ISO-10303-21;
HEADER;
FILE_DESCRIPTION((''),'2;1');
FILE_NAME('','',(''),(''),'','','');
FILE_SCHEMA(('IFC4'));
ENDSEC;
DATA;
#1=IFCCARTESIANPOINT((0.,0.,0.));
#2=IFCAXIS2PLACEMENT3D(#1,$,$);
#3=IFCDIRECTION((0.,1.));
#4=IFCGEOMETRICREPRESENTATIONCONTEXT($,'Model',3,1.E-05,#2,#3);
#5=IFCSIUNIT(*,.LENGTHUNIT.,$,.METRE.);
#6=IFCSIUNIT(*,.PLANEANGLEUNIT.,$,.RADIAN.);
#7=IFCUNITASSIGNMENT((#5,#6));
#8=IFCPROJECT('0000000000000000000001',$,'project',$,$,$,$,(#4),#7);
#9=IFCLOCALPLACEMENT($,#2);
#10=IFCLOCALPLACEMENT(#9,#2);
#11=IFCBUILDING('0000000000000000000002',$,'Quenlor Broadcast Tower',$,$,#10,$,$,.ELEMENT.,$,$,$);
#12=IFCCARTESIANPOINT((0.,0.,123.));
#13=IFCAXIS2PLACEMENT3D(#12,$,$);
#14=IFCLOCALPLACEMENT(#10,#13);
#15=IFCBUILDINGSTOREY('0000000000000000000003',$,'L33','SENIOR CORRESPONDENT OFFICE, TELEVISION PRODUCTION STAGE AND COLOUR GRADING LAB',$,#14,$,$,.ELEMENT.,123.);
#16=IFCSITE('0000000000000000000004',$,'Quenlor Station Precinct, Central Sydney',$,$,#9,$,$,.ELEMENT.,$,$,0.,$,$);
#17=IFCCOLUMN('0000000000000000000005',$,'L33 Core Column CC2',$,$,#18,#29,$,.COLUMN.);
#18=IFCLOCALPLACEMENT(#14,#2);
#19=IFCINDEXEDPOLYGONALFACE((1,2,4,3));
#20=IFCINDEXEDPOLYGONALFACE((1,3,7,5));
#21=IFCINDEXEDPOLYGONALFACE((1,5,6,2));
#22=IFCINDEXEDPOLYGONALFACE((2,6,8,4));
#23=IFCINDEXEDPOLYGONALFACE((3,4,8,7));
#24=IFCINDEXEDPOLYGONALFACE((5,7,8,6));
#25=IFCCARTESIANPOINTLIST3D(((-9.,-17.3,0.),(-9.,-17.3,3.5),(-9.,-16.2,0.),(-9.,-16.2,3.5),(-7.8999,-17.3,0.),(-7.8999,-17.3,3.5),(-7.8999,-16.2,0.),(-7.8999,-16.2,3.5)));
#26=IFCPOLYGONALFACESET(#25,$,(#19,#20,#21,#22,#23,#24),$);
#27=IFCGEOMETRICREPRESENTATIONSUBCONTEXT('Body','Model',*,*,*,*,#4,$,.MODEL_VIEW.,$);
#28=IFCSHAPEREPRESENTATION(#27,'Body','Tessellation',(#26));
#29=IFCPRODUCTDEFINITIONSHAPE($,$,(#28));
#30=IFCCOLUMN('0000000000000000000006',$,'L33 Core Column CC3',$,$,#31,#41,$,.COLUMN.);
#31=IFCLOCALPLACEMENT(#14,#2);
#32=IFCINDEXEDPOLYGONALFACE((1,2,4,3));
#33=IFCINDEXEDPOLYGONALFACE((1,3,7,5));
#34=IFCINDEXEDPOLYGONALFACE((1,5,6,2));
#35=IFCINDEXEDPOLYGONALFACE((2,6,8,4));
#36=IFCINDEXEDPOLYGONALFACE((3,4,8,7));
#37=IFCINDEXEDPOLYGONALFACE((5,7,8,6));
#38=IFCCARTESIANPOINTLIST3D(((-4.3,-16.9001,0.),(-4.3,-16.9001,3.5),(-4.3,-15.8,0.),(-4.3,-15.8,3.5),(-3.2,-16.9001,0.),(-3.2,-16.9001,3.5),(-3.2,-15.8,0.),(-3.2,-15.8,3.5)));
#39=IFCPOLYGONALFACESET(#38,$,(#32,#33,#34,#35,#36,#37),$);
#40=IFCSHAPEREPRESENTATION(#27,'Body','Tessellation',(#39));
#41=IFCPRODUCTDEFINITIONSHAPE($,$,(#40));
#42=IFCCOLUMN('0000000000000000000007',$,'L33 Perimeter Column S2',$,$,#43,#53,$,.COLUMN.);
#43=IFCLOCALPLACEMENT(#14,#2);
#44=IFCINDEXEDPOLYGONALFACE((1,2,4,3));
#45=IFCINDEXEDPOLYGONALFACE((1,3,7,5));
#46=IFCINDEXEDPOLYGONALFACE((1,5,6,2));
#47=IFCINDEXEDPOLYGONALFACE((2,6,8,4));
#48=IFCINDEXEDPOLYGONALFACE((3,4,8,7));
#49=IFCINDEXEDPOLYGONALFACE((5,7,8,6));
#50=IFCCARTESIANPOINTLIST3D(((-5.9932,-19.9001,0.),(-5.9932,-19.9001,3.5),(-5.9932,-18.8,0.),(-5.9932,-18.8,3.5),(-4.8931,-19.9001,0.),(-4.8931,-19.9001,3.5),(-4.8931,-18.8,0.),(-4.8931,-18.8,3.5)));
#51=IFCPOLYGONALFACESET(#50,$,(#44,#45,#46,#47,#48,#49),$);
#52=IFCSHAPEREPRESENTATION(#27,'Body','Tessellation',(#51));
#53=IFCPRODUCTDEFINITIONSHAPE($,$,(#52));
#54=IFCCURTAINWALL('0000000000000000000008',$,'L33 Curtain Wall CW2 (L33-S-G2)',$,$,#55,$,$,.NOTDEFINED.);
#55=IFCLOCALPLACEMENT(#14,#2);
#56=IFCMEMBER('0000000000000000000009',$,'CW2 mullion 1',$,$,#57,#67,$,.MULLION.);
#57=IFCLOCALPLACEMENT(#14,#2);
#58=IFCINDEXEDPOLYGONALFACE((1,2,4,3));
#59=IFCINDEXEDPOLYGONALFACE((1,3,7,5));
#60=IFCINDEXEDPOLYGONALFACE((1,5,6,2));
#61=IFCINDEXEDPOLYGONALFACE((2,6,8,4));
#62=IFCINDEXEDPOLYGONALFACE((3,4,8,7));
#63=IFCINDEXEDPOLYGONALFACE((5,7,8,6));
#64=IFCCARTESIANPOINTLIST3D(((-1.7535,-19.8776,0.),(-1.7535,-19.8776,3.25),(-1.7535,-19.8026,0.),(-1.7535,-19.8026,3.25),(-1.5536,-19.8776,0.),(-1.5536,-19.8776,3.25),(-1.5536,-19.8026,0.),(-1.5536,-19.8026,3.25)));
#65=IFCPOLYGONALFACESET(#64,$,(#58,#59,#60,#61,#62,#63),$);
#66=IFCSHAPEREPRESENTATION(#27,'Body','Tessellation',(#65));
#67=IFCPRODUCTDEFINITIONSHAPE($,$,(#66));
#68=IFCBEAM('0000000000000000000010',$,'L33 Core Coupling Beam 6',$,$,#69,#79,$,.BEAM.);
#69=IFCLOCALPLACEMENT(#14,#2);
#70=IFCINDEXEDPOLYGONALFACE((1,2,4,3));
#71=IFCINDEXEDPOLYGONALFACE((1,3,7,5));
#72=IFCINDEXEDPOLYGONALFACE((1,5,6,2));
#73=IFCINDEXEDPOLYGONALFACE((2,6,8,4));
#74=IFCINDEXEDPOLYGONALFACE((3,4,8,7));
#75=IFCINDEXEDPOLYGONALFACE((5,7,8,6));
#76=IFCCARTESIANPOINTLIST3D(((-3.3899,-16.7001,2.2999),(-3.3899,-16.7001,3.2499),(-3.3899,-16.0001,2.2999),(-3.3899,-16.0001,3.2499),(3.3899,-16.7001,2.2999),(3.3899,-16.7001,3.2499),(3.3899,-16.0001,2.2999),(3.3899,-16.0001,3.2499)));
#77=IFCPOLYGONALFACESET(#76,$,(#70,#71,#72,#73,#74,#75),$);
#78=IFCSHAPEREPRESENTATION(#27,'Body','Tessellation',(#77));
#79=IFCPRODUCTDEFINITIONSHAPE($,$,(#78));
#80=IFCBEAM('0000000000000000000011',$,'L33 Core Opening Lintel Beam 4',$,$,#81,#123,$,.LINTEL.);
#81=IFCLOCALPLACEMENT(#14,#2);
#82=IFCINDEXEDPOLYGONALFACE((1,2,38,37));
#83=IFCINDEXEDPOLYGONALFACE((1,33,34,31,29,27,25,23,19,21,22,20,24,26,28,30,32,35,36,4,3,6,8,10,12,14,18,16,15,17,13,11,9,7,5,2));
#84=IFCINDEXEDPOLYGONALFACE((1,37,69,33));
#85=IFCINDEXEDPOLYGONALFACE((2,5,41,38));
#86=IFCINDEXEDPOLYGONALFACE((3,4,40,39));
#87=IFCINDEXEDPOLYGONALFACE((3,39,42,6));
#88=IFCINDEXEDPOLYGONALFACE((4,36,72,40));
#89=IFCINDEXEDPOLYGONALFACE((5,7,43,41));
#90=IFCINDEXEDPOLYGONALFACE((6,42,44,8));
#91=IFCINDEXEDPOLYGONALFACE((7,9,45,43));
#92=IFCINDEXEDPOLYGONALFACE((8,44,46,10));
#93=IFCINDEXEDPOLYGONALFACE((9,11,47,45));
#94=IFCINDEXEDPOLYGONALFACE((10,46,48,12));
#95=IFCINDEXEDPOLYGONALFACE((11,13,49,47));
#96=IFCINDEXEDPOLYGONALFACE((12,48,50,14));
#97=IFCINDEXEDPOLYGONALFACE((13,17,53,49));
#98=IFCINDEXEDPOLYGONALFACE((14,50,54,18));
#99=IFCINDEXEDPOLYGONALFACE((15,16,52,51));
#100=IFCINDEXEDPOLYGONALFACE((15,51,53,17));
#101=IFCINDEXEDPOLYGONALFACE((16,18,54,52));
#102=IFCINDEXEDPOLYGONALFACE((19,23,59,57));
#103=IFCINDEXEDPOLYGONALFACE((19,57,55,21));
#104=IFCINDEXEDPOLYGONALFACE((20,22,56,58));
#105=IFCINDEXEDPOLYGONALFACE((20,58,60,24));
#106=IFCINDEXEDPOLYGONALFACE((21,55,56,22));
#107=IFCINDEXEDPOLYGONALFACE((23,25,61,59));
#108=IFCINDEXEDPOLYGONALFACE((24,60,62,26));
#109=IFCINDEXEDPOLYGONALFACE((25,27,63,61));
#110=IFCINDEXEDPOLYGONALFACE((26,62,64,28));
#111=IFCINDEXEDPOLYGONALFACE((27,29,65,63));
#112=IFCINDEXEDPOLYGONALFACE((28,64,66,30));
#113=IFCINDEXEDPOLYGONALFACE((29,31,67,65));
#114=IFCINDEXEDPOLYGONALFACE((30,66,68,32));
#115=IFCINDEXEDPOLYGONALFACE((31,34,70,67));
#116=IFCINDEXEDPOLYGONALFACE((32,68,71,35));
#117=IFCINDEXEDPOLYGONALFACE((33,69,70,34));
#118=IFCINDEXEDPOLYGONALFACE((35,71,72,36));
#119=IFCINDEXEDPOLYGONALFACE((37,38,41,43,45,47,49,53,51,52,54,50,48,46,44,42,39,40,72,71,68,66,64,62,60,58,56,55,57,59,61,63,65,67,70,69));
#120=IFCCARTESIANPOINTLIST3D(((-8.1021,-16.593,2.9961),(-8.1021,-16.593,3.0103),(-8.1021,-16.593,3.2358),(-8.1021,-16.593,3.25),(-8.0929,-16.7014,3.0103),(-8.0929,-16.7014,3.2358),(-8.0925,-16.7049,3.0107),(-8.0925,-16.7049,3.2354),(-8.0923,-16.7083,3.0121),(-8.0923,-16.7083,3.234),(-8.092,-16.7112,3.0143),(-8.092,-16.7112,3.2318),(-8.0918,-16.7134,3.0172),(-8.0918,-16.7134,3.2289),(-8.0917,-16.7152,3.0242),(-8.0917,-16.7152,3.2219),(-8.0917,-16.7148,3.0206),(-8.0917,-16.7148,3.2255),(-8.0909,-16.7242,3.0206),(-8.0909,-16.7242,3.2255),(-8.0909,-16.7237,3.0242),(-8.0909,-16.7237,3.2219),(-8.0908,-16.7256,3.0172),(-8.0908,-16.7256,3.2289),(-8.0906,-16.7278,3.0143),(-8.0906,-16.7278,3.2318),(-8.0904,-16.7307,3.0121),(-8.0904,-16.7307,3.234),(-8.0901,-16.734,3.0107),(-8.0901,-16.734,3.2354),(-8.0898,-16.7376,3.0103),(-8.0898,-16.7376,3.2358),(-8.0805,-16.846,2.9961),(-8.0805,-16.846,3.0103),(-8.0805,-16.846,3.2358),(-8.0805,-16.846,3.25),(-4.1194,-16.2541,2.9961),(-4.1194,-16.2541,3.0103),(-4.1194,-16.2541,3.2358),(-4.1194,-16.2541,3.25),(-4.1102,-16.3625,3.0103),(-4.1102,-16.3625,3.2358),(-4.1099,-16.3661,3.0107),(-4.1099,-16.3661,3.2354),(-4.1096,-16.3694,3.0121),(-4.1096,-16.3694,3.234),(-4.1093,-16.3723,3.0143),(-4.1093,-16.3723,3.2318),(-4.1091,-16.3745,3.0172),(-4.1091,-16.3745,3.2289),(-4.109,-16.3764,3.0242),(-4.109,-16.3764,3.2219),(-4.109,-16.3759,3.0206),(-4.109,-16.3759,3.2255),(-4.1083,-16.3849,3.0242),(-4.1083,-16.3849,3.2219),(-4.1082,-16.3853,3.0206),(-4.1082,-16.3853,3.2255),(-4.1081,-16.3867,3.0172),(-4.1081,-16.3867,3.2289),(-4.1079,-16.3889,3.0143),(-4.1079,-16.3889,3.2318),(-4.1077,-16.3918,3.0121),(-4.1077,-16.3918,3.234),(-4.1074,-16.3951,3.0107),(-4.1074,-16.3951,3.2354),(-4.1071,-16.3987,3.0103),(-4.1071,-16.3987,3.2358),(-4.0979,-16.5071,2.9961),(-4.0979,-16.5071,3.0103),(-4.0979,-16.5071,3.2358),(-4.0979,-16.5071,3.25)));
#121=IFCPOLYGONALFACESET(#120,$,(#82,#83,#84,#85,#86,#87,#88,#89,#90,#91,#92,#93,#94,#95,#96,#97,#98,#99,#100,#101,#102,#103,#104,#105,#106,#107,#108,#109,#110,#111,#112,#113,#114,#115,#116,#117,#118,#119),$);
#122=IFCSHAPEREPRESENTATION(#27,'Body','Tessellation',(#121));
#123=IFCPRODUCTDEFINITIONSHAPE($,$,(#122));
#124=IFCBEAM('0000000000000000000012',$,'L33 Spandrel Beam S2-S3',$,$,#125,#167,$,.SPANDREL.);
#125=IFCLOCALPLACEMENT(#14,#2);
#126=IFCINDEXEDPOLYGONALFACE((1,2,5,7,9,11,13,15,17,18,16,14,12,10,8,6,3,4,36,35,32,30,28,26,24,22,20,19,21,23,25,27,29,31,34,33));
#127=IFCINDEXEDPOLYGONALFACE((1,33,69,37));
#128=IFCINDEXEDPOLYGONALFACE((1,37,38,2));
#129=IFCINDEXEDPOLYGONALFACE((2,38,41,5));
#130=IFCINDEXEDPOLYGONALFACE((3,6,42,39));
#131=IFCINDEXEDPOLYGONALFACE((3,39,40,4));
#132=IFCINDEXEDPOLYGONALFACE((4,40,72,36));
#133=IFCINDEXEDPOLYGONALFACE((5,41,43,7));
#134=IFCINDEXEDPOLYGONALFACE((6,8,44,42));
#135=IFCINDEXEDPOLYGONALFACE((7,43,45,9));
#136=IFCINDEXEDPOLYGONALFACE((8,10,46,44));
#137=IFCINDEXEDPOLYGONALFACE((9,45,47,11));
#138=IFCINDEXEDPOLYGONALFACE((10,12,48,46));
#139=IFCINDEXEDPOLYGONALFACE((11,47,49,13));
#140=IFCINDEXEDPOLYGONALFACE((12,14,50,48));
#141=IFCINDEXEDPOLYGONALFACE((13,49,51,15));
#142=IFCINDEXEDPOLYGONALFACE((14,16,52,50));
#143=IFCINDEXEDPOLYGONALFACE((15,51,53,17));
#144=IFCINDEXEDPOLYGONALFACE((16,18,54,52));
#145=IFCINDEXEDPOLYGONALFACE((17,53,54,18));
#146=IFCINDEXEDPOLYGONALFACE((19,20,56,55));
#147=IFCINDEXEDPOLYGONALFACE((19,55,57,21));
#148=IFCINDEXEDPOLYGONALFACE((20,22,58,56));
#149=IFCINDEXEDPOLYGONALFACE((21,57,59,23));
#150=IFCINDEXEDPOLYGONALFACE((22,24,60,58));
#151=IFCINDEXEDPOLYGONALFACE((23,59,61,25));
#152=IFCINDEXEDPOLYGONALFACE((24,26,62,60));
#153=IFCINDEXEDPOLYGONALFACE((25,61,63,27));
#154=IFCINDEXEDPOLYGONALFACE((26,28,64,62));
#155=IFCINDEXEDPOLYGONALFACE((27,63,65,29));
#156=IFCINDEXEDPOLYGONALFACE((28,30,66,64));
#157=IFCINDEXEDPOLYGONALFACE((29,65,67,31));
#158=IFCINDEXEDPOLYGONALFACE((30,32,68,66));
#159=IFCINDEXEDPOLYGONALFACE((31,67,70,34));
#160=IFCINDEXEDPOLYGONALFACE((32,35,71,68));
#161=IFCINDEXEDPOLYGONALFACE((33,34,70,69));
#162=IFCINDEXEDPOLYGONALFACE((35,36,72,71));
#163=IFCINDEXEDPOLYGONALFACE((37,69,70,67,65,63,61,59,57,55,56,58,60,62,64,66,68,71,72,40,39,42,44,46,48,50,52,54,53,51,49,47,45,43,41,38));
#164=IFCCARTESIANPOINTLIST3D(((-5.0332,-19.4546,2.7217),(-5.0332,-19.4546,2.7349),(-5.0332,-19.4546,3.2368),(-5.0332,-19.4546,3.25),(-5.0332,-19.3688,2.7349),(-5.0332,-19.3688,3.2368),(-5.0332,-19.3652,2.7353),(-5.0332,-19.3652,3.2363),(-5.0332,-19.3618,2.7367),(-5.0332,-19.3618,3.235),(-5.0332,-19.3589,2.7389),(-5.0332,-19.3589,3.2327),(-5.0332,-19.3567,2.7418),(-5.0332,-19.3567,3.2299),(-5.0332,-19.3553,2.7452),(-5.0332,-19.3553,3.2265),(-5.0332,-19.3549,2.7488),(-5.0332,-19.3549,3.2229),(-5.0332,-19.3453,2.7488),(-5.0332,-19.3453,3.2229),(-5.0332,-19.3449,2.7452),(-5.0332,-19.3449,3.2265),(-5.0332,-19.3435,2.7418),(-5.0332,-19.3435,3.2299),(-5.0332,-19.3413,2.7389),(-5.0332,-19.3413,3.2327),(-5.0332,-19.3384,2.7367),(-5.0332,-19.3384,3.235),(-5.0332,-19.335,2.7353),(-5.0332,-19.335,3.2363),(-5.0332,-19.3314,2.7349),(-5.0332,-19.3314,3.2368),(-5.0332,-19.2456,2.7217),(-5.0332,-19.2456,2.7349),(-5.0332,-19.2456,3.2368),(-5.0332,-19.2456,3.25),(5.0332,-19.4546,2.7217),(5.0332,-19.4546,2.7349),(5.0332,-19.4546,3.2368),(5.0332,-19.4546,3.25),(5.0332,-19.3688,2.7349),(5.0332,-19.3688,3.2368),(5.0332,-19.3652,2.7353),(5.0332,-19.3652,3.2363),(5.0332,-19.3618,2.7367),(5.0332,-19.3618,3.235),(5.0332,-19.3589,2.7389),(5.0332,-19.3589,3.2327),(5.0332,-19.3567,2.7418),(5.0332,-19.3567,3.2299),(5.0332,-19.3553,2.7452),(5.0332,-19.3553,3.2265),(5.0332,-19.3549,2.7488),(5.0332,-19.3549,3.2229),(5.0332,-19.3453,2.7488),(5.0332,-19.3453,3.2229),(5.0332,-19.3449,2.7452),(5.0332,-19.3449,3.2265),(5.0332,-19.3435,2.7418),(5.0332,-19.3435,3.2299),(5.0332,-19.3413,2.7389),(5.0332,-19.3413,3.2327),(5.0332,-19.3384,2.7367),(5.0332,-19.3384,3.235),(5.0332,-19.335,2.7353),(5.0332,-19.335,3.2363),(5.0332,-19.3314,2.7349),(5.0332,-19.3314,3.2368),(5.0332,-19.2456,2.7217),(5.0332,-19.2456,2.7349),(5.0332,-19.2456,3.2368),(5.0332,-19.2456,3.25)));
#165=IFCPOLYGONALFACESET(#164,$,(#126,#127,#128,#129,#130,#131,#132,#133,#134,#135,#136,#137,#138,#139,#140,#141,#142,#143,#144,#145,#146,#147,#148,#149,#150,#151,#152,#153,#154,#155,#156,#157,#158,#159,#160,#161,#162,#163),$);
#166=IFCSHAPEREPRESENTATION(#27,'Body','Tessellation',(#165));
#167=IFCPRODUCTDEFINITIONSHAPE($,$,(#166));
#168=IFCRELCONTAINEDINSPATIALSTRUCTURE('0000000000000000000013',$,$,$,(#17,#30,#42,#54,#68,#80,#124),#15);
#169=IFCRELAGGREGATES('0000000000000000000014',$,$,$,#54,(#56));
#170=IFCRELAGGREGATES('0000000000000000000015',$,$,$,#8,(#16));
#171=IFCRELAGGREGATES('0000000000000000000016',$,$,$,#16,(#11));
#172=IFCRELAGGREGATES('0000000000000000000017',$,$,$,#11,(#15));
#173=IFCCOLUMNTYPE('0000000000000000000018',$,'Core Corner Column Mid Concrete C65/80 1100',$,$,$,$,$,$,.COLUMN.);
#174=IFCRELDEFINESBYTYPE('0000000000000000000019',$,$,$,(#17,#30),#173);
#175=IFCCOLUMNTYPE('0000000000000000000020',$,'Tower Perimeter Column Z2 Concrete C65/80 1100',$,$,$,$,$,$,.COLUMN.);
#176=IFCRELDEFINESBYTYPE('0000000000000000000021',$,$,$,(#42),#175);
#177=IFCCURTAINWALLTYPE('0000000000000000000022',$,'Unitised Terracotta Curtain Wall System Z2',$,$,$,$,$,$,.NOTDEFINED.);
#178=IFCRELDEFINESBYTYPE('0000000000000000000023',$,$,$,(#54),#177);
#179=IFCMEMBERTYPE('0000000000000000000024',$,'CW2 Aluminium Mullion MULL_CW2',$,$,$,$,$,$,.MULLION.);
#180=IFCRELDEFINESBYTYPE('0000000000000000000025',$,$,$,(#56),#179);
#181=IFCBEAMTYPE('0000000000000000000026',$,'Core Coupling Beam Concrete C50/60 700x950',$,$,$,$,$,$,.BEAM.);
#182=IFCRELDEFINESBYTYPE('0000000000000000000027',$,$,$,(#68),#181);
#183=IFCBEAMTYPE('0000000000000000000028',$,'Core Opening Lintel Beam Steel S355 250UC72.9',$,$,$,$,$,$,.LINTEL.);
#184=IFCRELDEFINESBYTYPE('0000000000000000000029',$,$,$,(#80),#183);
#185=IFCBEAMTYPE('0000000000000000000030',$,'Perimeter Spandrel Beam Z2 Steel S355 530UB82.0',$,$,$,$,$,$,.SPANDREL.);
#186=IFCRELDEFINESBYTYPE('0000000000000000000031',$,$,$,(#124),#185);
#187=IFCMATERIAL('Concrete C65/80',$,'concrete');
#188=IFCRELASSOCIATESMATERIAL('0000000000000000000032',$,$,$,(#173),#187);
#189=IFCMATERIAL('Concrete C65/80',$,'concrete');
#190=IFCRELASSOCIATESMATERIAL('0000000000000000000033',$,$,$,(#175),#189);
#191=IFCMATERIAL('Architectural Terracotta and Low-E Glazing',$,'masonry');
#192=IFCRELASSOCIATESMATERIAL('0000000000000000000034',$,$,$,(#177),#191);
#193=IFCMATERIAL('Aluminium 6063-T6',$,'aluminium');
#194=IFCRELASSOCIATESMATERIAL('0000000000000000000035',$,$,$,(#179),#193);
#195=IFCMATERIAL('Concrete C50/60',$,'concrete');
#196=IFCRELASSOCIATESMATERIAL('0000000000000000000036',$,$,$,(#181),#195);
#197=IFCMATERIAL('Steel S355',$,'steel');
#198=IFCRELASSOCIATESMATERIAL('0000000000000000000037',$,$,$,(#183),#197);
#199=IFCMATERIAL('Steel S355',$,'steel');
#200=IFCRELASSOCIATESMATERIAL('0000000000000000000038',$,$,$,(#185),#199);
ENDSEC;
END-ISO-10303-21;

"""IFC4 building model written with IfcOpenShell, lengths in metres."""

from ifc_helpers import new_model, si_unit, direction, frame, origin, origin_2d, place, context, subcontext, project, spatial, rectangle, i_section, extrude, material, material_profile, profile_set, type_object, element, aggregate, save


model = new_model("IFC4")

# Units and contexts
model_context = context("Model", 3, precision=1e-05, world=origin(), true_north=direction((0.0, 1.0)))
body_context = subcontext(model_context, "Body", "Model", "MODEL_VIEW")
ifc_project = project(units=[si_unit("LENGTHUNIT", "METRE"), si_unit("PLANEANGLEUNIT", "RADIAN")], contexts=[model_context])

# Site, building, storey
site_placement = place(None, origin())
site = spatial("IfcSite", under=ifc_project, at=site_placement, Name="Quenlor Station Precinct, Central Sydney", CompositionType="ELEMENT", RefElevation=0.0)
building_placement = place(site_placement, origin())
building = spatial("IfcBuilding", under=site, at=building_placement, Name="Quenlor Broadcast Tower", CompositionType="ELEMENT")
storey_placement = place(building_placement, frame((0.0, 0.0, 123.0)))
storey = spatial("IfcBuildingStorey", under=building, at=storey_placement, Name="L33", Description="SENIOR CORRESPONDENT OFFICE, TELEVISION PRODUCTION STAGE AND COLOUR GRADING LAB", CompositionType="ELEMENT", Elevation=123.0)

# Columns
ifc_material_1 = material(Name="Concrete C65/80", Category="concrete")
ifc_material_profile_1 = material_profile(ifc_material_1, rectangle(XDim=1.1001, YDim=1.1001, at=origin_2d()))
ifc_profile_set_1 = profile_set([ifc_material_profile_1], Name="Concrete C65/80 RC1100x1100")
column_type_1 = type_object("IfcColumnType", Name="Core Corner Column Mid Concrete C65/80 1100", PredefinedType="COLUMN", material=ifc_profile_set_1)
for number, where, z_axis, x_axis, name in (
    (1, (-8.45, -16.75, 0.0), (0.0, 0.0, 1.0), (1.0, 0.0, 0.0), "L33 Core Column CC2"),
    (2, (-3.75, -16.3501, 0.0), (0.0, 0.0, 1.0), (1.0, 0.0, 0.0), "L33 Core Column CC3"),
):
    element("IfcColumn", number, at=place(storey_placement, frame(where, z_axis=z_axis, x_axis=x_axis)), inside=storey, type_object=column_type_1, Name=name, PredefinedType="COLUMN", context=body_context, shape_type="SweptSolid", body=[
        extrude(rectangle(XDim=1.1001, YDim=1.1001, at=origin_2d()), origin(), (0.0, 0.0, 1.0), 3.5),
    ])
ifc_material_2 = material(Name="Concrete C65/80", Category="concrete")
ifc_material_profile_2 = material_profile(ifc_material_2, rectangle(XDim=1.1001, YDim=1.1001, at=origin_2d()))
ifc_profile_set_2 = profile_set([ifc_material_profile_2], Name="Concrete C65/80 RC1100x1100")
column_type_2 = type_object("IfcColumnType", Name="Tower Perimeter Column Z2 Concrete C65/80 1100", PredefinedType="COLUMN", material=ifc_profile_set_2)
column_placement = place(storey_placement, frame((-5.4431, -19.3501, 0.0), z_axis=(0.0, 0.0, 1.0), x_axis=(0.0, 1.0, 0.0)))
element("IfcColumn", 3, at=column_placement, inside=storey, type_object=column_type_2, Name="L33 Perimeter Column S2", PredefinedType="COLUMN", context=body_context, shape_type="SweptSolid", body=[
    extrude(rectangle(XDim=1.1001, YDim=1.1001, at=origin_2d()), origin(), (0.0, 0.0, 1.0), 3.5),
])

# Curtain wall, member
ifc_material_3 = material(Name="Architectural Terracotta and Low-E Glazing", Category="masonry")
curtain_wall_type = type_object("IfcCurtainWallType", Name="Unitised Terracotta Curtain Wall System Z2", PredefinedType="NOTDEFINED", material=ifc_material_3)
curtain_wall_placement = place(storey_placement, origin())
curtain_wall = element("IfcCurtainWall", 4, at=curtain_wall_placement, inside=storey, type_object=curtain_wall_type, Name="L33 Curtain Wall CW2 (L33-S-G2)", PredefinedType="NOTDEFINED")
ifc_material_4 = material(Name="Aluminium 6063-T6", Category="aluminium")
ifc_material_profile_3 = material_profile(ifc_material_4, rectangle(XDim=0.075, YDim=0.2, at=origin_2d()))
ifc_profile_set_3 = profile_set([ifc_material_profile_3], Name="Aluminium 6063-T6 MULL75x200")
member_type = type_object("IfcMemberType", Name="CW2 Aluminium Mullion MULL_CW2", PredefinedType="MULLION", material=ifc_profile_set_3)
member_placement = place(storey_placement, frame((-1.6536, -19.8401, 0.0), z_axis=(0.0, 0.0, 1.0), x_axis=(0.0, -1.0, 0.0)))
member = element("IfcMember", 5, at=member_placement, type_object=member_type, Name="CW2 mullion 1", PredefinedType="MULLION", context=body_context, shape_type="SweptSolid", body=[
    extrude(rectangle(XDim=0.075, YDim=0.2, at=origin_2d()), origin(), (0.0, 0.0, 1.0), 3.25),
])
aggregate(curtain_wall, [member])

# Beams
ifc_material_5 = material(Name="Concrete C50/60", Category="concrete")
ifc_material_profile_4 = material_profile(ifc_material_5, rectangle(XDim=0.7, YDim=0.95, at=origin_2d()))
ifc_profile_set_4 = profile_set([ifc_material_profile_4], Name="Concrete C50/60 RCB700x950")
beam_type_1 = type_object("IfcBeamType", Name="Core Coupling Beam Concrete C50/60 700x950", PredefinedType="BEAM", material=ifc_profile_set_4)
beam_1_placement = place(storey_placement, frame((-3.3899, -16.3501, 2.7749), z_axis=(1.0, 0.0, 0.0), x_axis=(0.0, 1.0, 0.0)))
element("IfcBeam", 6, at=beam_1_placement, inside=storey, type_object=beam_type_1, Name="L33 Core Coupling Beam 6", PredefinedType="BEAM", context=body_context, shape_type="SweptSolid", body=[
    extrude(rectangle(XDim=0.7, YDim=0.95, at=origin_2d()), origin(), (0.0, 0.0, 1.0), 6.7798),
])
ifc_material_6 = material(Name="Steel S355", Category="steel")
ifc_material_profile_5 = material_profile(ifc_material_6, i_section(OverallWidth=0.2539, OverallDepth=0.2539, WebThickness=0.0085, FlangeThickness=0.0142, FilletRadius=0.0139, at=origin_2d()))
ifc_profile_set_5 = profile_set([ifc_material_profile_5], Name="Steel S355 250UC72.9")
beam_type_2 = type_object("IfcBeamType", Name="Core Opening Lintel Beam Steel S355 250UC72.9", PredefinedType="LINTEL", material=ifc_profile_set_5)
beam_2_placement = place(storey_placement, frame((-8.0913, -16.7195, 3.123), z_axis=(0.9964, 0.084779, 0.0), x_axis=(-0.084779, 0.9964, 0.0)))
element("IfcBeam", 7, at=beam_2_placement, inside=storey, type_object=beam_type_2, Name="L33 Core Opening Lintel Beam 4", PredefinedType="LINTEL", context=body_context, shape_type="SweptSolid", body=[
    extrude(i_section(OverallWidth=0.2539, OverallDepth=0.2539, WebThickness=0.0085, FlangeThickness=0.0142, FilletRadius=0.0139, at=origin_2d()), origin(), (0.0, 0.0, 1.0), 3.9971),
])
ifc_material_7 = material(Name="Steel S355", Category="steel")
ifc_material_profile_6 = material_profile(ifc_material_7, i_section(OverallWidth=0.209, OverallDepth=0.5283, WebThickness=0.0095, FlangeThickness=0.0132, FilletRadius=0.0139, at=origin_2d()))
ifc_profile_set_6 = profile_set([ifc_material_profile_6], Name="Steel S355 530UB82.0")
beam_type_3 = type_object("IfcBeamType", Name="Perimeter Spandrel Beam Z2 Steel S355 530UB82.0", PredefinedType="SPANDREL", material=ifc_profile_set_6)
beam_3_placement = place(storey_placement, frame((-5.0332, -19.3501, 2.9858), z_axis=(1.0, 0.0, 0.0), x_axis=(0.0, 1.0, 0.0)))
element("IfcBeam", 8, at=beam_3_placement, inside=storey, type_object=beam_type_3, Name="L33 Spandrel Beam S2-S3", PredefinedType="SPANDREL", context=body_context, shape_type="SweptSolid", body=[
    extrude(i_section(OverallWidth=0.209, OverallDepth=0.5283, WebThickness=0.0095, FlangeThickness=0.0132, FilletRadius=0.0139, at=origin_2d()), origin(), (0.0, 0.0, 1.0), 10.0664),
])

save(model, "model.ifc")
